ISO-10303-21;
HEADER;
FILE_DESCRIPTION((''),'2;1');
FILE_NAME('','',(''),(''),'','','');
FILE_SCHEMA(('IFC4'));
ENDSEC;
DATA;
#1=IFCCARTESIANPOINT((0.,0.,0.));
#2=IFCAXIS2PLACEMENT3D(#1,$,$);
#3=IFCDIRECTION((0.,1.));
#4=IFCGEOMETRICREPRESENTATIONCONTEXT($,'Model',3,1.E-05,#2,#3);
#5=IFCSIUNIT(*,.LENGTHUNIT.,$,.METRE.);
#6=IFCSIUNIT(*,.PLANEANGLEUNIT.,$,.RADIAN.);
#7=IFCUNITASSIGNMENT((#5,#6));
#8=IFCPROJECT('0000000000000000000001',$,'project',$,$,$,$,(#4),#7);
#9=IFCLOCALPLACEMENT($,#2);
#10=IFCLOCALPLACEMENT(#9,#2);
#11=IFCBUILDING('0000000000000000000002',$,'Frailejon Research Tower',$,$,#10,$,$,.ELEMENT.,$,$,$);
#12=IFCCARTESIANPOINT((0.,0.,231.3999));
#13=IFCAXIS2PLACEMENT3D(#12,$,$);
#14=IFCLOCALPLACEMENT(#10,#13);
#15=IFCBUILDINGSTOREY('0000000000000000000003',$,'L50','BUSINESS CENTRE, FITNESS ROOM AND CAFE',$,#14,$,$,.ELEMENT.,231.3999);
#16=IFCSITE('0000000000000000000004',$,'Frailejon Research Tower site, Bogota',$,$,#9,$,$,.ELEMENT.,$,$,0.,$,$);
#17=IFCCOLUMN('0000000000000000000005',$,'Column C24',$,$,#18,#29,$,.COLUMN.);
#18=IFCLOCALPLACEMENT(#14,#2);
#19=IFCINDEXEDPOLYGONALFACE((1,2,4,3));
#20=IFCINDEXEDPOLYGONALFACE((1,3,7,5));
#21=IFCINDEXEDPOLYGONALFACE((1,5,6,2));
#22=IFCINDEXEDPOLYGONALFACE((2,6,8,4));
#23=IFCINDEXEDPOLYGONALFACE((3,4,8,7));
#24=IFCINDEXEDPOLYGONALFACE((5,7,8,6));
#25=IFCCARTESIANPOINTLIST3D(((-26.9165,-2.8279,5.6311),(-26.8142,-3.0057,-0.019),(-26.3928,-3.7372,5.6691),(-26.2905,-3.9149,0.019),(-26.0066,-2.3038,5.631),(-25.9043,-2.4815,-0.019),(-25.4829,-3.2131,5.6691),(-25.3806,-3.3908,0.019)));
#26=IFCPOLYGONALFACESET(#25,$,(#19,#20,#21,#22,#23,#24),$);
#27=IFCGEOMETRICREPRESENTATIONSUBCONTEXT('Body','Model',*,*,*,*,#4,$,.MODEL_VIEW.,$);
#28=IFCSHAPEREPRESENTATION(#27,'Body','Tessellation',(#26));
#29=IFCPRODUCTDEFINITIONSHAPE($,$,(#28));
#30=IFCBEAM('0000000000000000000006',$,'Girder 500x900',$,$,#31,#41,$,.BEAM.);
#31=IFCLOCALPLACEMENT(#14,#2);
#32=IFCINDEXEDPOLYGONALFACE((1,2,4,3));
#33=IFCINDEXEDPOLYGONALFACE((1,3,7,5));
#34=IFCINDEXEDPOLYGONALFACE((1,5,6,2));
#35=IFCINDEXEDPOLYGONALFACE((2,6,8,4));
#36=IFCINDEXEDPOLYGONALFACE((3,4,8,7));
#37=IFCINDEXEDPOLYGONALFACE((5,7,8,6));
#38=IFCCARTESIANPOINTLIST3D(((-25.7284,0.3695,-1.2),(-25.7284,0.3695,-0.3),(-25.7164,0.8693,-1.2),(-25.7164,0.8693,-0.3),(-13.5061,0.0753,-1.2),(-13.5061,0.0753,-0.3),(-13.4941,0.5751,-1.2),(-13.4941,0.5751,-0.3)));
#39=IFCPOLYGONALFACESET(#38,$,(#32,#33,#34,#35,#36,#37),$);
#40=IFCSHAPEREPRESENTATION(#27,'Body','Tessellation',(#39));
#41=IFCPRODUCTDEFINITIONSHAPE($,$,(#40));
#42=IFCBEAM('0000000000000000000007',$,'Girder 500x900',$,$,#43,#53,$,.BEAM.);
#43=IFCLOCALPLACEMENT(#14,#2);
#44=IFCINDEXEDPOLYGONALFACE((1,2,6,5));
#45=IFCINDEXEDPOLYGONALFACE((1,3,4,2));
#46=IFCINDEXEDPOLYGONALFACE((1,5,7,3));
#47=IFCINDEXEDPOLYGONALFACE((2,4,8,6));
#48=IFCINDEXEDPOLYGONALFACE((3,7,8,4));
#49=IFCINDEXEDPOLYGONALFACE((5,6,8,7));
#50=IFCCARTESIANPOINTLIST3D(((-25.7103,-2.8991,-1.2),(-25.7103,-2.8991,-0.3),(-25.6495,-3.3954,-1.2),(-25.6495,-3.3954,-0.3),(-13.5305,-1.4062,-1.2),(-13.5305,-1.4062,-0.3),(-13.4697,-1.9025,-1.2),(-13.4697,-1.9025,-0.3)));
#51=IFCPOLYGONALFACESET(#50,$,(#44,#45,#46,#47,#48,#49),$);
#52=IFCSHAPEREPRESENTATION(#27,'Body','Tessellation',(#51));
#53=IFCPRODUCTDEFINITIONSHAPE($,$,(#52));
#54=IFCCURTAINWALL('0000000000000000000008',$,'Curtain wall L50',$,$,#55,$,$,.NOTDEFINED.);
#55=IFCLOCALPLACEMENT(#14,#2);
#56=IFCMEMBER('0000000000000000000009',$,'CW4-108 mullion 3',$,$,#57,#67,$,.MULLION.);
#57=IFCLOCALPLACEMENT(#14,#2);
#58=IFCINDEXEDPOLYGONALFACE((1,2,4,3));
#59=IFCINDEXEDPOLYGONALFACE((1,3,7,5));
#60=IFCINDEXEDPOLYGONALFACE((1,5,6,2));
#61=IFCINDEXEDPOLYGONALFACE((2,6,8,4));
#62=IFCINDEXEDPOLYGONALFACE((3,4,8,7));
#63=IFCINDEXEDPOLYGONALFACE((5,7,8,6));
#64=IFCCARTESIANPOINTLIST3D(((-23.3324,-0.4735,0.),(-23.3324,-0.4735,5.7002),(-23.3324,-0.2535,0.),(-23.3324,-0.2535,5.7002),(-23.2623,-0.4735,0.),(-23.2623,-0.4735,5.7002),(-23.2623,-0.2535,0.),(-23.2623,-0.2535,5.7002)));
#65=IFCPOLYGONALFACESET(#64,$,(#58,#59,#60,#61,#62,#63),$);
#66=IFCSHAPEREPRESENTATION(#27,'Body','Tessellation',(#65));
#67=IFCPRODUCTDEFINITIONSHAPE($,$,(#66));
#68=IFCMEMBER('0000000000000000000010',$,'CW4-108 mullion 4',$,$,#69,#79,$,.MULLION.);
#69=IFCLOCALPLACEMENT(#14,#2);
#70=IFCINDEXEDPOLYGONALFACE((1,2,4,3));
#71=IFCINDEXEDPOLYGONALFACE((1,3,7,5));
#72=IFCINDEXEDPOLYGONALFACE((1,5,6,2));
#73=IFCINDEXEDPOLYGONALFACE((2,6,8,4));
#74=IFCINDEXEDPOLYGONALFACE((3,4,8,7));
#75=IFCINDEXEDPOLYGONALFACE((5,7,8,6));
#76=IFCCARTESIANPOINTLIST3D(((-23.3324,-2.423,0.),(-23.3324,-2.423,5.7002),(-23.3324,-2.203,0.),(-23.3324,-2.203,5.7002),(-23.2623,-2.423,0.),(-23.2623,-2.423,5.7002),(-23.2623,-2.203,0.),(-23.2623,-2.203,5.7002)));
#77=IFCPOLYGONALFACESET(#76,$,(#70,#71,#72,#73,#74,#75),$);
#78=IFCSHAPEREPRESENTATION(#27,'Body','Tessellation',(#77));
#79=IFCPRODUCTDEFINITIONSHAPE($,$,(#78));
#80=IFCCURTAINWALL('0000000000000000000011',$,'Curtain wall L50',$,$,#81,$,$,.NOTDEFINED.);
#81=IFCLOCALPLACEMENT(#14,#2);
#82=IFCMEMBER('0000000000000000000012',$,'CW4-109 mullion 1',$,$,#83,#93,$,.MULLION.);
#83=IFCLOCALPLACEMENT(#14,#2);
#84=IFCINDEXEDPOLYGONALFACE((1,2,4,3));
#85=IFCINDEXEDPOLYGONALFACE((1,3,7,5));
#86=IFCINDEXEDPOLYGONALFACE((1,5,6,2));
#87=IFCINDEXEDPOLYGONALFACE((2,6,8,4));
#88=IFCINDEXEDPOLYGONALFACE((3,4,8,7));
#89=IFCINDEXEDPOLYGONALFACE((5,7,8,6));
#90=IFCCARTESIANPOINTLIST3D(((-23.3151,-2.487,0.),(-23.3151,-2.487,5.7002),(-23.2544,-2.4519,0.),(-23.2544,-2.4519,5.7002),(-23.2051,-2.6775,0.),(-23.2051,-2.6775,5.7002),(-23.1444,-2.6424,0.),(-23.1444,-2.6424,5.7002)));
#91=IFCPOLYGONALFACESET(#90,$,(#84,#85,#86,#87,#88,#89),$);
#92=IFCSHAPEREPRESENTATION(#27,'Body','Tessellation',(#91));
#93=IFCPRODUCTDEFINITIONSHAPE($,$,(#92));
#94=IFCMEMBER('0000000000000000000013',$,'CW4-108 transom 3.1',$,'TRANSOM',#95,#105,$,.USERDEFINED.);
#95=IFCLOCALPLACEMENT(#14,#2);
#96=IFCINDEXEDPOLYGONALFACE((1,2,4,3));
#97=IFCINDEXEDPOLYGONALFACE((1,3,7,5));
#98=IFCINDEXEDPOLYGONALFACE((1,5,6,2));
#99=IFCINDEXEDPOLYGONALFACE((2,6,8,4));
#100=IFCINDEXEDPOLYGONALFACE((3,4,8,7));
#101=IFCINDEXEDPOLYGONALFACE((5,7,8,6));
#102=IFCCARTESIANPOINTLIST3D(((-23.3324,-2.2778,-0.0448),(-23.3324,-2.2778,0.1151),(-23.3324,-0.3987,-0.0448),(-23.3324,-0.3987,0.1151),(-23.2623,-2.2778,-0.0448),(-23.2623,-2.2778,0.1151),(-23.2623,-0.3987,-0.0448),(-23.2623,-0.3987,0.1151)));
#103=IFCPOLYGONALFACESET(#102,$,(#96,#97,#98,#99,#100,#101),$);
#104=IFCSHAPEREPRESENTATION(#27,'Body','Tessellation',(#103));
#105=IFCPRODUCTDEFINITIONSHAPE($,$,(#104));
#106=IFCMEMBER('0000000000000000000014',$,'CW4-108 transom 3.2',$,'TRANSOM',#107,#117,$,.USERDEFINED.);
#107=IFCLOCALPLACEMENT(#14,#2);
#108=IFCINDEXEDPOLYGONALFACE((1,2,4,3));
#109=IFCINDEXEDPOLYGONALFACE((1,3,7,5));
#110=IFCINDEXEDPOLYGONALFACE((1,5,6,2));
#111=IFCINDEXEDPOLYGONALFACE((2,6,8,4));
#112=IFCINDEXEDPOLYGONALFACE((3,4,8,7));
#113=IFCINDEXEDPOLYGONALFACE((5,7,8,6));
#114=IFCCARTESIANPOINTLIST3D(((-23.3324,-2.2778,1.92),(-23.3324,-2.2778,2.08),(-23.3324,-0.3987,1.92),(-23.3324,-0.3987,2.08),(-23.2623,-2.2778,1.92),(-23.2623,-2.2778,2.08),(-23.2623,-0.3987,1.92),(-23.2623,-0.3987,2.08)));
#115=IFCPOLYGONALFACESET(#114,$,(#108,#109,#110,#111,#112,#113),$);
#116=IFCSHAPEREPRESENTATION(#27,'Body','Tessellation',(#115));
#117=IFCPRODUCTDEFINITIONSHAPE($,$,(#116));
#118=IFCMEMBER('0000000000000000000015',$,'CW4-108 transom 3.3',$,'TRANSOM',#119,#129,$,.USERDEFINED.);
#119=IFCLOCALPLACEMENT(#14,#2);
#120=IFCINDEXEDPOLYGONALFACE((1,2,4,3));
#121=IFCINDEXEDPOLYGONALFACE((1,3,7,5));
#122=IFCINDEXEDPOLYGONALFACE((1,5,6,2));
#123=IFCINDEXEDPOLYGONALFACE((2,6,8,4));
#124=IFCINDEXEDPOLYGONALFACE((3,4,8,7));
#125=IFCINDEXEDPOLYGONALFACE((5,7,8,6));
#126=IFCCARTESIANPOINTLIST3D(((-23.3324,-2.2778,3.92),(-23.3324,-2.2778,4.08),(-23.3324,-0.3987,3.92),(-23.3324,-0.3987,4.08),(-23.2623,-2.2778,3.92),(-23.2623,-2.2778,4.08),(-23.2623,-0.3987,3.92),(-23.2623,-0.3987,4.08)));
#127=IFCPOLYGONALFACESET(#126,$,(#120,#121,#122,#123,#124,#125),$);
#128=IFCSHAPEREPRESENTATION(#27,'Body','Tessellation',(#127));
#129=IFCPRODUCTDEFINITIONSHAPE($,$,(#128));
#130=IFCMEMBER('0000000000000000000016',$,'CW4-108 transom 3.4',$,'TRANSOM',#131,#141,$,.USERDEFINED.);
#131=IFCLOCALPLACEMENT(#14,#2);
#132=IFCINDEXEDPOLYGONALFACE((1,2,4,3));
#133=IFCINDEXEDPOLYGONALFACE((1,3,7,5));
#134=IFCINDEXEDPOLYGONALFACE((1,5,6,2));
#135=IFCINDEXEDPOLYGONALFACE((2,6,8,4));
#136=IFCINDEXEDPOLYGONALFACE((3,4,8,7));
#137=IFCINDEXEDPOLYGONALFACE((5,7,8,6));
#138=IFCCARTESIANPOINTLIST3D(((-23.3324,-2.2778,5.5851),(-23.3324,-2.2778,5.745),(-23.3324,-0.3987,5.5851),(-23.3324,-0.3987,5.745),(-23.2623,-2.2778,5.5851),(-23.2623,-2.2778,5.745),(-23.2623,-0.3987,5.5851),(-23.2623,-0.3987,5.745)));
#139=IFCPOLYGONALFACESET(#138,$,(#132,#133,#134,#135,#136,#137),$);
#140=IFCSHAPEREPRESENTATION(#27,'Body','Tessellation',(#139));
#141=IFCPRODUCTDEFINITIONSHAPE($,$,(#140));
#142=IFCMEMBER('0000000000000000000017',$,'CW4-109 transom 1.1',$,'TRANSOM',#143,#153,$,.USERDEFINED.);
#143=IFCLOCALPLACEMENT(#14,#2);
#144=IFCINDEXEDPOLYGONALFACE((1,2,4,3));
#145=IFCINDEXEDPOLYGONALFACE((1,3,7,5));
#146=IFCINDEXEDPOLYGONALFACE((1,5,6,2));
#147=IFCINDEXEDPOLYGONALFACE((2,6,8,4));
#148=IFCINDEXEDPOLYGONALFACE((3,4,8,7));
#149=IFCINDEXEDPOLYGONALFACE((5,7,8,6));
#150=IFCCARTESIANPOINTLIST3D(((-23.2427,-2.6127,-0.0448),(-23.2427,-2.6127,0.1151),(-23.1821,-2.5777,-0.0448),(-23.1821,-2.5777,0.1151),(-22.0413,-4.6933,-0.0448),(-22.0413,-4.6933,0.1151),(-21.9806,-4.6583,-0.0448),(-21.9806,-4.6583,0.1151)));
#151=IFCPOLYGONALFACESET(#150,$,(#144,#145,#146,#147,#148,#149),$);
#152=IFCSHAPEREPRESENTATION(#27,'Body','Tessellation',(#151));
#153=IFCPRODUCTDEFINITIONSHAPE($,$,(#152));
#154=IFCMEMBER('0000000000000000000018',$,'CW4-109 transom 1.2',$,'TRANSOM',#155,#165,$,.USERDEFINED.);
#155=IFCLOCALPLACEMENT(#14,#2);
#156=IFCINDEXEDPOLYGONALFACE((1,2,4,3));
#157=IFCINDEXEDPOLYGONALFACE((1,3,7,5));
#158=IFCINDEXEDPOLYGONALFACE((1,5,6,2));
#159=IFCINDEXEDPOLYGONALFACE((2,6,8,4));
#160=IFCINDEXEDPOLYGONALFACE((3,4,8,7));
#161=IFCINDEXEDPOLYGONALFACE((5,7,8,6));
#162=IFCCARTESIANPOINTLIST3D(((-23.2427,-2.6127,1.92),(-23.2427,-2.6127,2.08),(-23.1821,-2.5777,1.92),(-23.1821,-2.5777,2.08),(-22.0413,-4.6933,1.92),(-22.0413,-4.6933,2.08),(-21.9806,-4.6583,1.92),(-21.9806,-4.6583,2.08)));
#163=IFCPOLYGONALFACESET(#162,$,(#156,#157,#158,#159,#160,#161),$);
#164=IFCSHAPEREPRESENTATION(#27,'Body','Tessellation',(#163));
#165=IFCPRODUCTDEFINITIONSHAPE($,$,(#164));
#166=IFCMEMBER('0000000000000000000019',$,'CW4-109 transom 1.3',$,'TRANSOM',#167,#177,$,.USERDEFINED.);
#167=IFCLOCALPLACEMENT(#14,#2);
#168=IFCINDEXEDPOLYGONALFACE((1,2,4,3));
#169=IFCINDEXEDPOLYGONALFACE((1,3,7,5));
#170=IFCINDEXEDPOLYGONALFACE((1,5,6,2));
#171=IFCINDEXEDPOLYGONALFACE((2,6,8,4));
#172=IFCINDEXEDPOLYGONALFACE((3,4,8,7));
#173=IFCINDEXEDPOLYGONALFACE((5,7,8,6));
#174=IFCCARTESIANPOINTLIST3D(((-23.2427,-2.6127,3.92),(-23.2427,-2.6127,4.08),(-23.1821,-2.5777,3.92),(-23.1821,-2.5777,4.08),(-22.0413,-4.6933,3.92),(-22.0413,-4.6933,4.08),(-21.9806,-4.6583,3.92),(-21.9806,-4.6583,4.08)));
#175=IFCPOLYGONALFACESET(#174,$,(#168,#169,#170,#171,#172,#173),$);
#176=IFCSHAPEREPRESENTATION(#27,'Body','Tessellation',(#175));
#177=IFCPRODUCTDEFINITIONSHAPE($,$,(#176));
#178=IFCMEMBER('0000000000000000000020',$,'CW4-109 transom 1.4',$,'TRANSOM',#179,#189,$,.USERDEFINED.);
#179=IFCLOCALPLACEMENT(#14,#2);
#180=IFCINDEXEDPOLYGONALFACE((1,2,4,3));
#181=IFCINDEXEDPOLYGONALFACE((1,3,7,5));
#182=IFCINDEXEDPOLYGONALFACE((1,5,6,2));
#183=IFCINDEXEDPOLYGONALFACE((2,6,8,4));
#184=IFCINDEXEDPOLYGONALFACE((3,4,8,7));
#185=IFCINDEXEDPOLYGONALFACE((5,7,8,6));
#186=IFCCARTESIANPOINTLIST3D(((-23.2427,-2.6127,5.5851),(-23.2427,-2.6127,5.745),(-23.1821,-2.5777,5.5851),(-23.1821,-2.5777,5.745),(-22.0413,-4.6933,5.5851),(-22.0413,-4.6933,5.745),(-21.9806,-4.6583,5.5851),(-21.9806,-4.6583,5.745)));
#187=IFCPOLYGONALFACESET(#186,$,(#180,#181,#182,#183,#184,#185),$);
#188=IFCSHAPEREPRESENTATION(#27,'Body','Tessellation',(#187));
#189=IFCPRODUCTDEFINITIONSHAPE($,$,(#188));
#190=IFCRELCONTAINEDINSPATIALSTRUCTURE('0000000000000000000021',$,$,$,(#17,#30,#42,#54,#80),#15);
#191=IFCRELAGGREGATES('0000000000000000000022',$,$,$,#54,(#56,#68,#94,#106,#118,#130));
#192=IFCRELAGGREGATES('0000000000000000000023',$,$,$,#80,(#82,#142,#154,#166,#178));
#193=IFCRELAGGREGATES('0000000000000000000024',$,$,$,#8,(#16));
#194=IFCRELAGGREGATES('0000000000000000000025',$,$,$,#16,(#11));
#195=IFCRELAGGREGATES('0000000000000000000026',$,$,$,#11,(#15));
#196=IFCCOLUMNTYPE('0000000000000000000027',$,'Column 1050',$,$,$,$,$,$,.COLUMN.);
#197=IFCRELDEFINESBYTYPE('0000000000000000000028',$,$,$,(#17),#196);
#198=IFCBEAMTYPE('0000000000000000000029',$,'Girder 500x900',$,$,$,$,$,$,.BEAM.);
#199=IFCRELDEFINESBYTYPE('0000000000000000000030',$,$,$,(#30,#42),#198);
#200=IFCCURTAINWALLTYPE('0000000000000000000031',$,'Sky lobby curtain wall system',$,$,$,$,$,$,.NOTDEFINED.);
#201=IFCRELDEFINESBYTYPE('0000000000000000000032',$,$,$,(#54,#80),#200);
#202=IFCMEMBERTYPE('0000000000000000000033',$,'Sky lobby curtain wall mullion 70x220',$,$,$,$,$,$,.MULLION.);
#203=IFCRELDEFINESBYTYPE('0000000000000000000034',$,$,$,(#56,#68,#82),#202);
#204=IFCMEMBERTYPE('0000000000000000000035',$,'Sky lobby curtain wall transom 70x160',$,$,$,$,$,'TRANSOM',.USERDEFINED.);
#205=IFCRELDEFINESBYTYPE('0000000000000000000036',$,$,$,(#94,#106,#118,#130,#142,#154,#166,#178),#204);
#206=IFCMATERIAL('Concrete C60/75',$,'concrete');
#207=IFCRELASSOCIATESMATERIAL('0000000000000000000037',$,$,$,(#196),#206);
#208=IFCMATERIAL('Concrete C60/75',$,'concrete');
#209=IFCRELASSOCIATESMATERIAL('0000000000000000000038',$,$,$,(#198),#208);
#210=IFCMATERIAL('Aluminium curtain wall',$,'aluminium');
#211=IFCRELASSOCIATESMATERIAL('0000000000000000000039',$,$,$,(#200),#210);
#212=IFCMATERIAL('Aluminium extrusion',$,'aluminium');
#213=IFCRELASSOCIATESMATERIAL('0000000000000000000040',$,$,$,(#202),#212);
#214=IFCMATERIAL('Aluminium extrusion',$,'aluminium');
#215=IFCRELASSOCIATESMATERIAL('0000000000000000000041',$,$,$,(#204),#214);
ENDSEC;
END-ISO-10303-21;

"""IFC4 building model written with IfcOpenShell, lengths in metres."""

from ifc_helpers import new_model, si_unit, direction, frame, origin, origin_2d, place, context, subcontext, project, spatial, rectangle, extrude, material, material_profile, profile_set, type_object, element, aggregate, save


model = new_model("IFC4")

# Units and contexts
model_context = context("Model", 3, precision=1e-05, world=origin(), true_north=direction((0.0, 1.0)))
body_context = subcontext(model_context, "Body", "Model", "MODEL_VIEW")
ifc_project = project(units=[si_unit("LENGTHUNIT", "METRE"), si_unit("PLANEANGLEUNIT", "RADIAN")], contexts=[model_context])

# Site, building, storey
site_placement = place(None, origin())
site = spatial("IfcSite", under=ifc_project, at=site_placement, Name="Frailejon Research Tower site, Bogota", CompositionType="ELEMENT", RefElevation=0.0)
building_placement = place(site_placement, origin())
building = spatial("IfcBuilding", under=site, at=building_placement, Name="Frailejon Research Tower", CompositionType="ELEMENT")
storey_placement = place(building_placement, frame((0.0, 0.0, 231.3999)))
storey = spatial("IfcBuildingStorey", under=building, at=storey_placement, Name="L50", Description="BUSINESS CENTRE, FITNESS ROOM AND CAFE", CompositionType="ELEMENT", Elevation=231.3999)

# Column
ifc_material_1 = material(Name="Concrete C60/75", Category="concrete")
ifc_material_profile_1 = material_profile(ifc_material_1, rectangle(XDim=1.05, YDim=1.05, at=origin_2d()), Name="Column 1050")
ifc_profile_set_1 = profile_set([ifc_material_profile_1], Name="Concrete C60/75")
column_type = type_object("IfcColumnType", Name="Column 1050", PredefinedType="COLUMN", material=ifc_profile_set_1)
column_placement = place(storey_placement, frame((-26.0974, -3.1982, 0.0), z_axis=(-0.018093, 0.031436, 0.999342), x_axis=(0.498805, -0.865955, 0.036271)))
element("IfcColumn", 1, at=column_placement, inside=storey, type_object=column_type, Name="Column C24", PredefinedType="COLUMN", context=body_context, shape_type="SweptSolid", body=[
    extrude(rectangle(XDim=1.05, YDim=1.05, at=origin_2d()), origin(), (0.0, 0.0, 1.0), 5.6538),
])

# Beams
ifc_material_2 = material(Name="Concrete C60/75", Category="concrete")
ifc_material_profile_2 = material_profile(ifc_material_2, rectangle(XDim=0.5, YDim=0.8999, at=origin_2d()), Name="Girder 500x900")
ifc_profile_set_2 = profile_set([ifc_material_profile_2], Name="Concrete C60/75")
beam_type_1 = type_object("IfcBeamType", Name="Girder 500x900", PredefinedType="BEAM", material=ifc_profile_set_2)
beam_1_placement = place(storey_placement, frame((-25.7224, 0.6194, -0.75), z_axis=(0.99971, -0.024063, 0.0), x_axis=(0.024063, 0.99971, 0.0)))
element("IfcBeam", 2, at=beam_1_placement, inside=storey, type_object=beam_type_1, Name="Girder 500x900", PredefinedType="BEAM", context=body_context, shape_type="SweptSolid", body=[
    extrude(rectangle(XDim=0.5, YDim=0.8999, at=origin_2d()), origin(), (0.0, 0.0, 1.0), 12.2258),
])
beam_2_placement = place(storey_placement, frame((-25.6799, -3.1472, -0.75), z_axis=(0.992572, 0.121662, 0.0), x_axis=(-0.121662, 0.992572, 0.0)))
element("IfcBeam", 3, at=beam_2_placement, inside=storey, type_object=beam_type_1, Name="Girder 500x900", PredefinedType="BEAM", context=body_context, shape_type="SweptSolid", body=[
    extrude(rectangle(XDim=0.5, YDim=0.8999, at=origin_2d()), origin(), (0.0, 0.0, 1.0), 12.271),
])

# Curtain wall, members
ifc_material_3 = material(Name="Aluminium curtain wall", Category="aluminium")
curtain_wall_type = type_object("IfcCurtainWallType", Name="Sky lobby curtain wall system", PredefinedType="NOTDEFINED", material=ifc_material_3)
curtain_wall_1_placement = place(storey_placement, origin())
curtain_wall_1 = element("IfcCurtainWall", 4, at=curtain_wall_1_placement, inside=storey, type_object=curtain_wall_type, Name="Curtain wall L50", PredefinedType="NOTDEFINED")
ifc_material_4 = material(Name="Aluminium extrusion", Category="aluminium")
ifc_material_profile_3 = material_profile(ifc_material_4, rectangle(XDim=0.0701, YDim=0.22, at=origin_2d()), Name="Sky lobby curtain wall mullion 70x220")
ifc_profile_set_3 = profile_set([ifc_material_profile_3], Name="Aluminium extrusion")
member_type_1 = type_object("IfcMemberType", Name="Sky lobby curtain wall mullion 70x220", PredefinedType="MULLION", material=ifc_profile_set_3)
member_1_placement = place(storey_placement, frame((-23.2974, -0.3635, 0.0), z_axis=(0.0, 0.0, 1.0), x_axis=(1.0, 0.0, 0.0)))
member_1 = element("IfcMember", 5, at=member_1_placement, type_object=member_type_1, Name="CW4-108 mullion 3", PredefinedType="MULLION", context=body_context, shape_type="SweptSolid", body=[
    extrude(rectangle(XDim=0.0701, YDim=0.22, at=origin_2d()), origin(), (0.0, 0.0, 1.0), 5.7002),
])
member_2_placement = place(storey_placement, frame((-23.2974, -2.313, 0.0), z_axis=(0.0, 0.0, 1.0), x_axis=(1.0, 0.0, 0.0)))
member_2 = element("IfcMember", 6, at=member_2_placement, type_object=member_type_1, Name="CW4-108 mullion 4", PredefinedType="MULLION", context=body_context, shape_type="SweptSolid", body=[
    extrude(rectangle(XDim=0.0701, YDim=0.22, at=origin_2d()), origin(), (0.0, 0.0, 1.0), 5.7002),
])

# Curtain wall, member
curtain_wall_2_placement = place(storey_placement, origin())
curtain_wall_2 = element("IfcCurtainWall", 7, at=curtain_wall_2_placement, inside=storey, type_object=curtain_wall_type, Name="Curtain wall L50", PredefinedType="NOTDEFINED")
member_3_placement = place(storey_placement, frame((-23.2297, -2.5647, 0.0), z_axis=(0.0, 0.0, 1.0), x_axis=(0.866025, 0.500001, 0.0)))
member_3 = element("IfcMember", 8, at=member_3_placement, type_object=member_type_1, Name="CW4-109 mullion 1", PredefinedType="MULLION", context=body_context, shape_type="SweptSolid", body=[
    extrude(rectangle(XDim=0.0701, YDim=0.22, at=origin_2d()), origin(), (0.0, 0.0, 1.0), 5.7002),
])

# Members
ifc_material_5 = material(Name="Aluminium extrusion", Category="aluminium")
ifc_material_profile_4 = material_profile(ifc_material_5, rectangle(XDim=0.0701, YDim=0.1599, at=origin_2d()), Name="Sky lobby curtain wall transom 70x160")
ifc_profile_set_4 = profile_set([ifc_material_profile_4], Name="Aluminium extrusion")
member_type_2 = type_object("IfcMemberType", Name="Sky lobby curtain wall transom 70x160", ElementType="TRANSOM", PredefinedType="USERDEFINED", material=ifc_profile_set_4)
member_4_placement = place(storey_placement, frame((-23.2974, -0.3987, 0.0352), z_axis=(0.0, -1.0, 0.0), x_axis=(1.0, 0.0, 0.0)))
member_4 = element("IfcMember", 9, at=member_4_placement, type_object=member_type_2, Name="CW4-108 transom 3.1", ObjectType="TRANSOM", PredefinedType="USERDEFINED", context=body_context, shape_type="SweptSolid", body=[
    extrude(rectangle(XDim=0.0701, YDim=0.1599, at=origin_2d()), origin(), (0.0, 0.0, 1.0), 1.8792),
])
member_5_placement = place(storey_placement, frame((-23.2974, -0.3987, 2.0), z_axis=(0.0, -1.0, 0.0), x_axis=(1.0, 0.0, 0.0)))
member_5 = element("IfcMember", 10, at=member_5_placement, type_object=member_type_2, Name="CW4-108 transom 3.2", ObjectType="TRANSOM", PredefinedType="USERDEFINED", context=body_context, shape_type="SweptSolid", body=[
    extrude(rectangle(XDim=0.0701, YDim=0.1599, at=origin_2d()), origin(), (0.0, 0.0, 1.0), 1.8792),
])
member_6_placement = place(storey_placement, frame((-23.2974, -0.3987, 4.0), z_axis=(0.0, -1.0, 0.0), x_axis=(1.0, 0.0, 0.0)))
member_6 = element("IfcMember", 11, at=member_6_placement, type_object=member_type_2, Name="CW4-108 transom 3.3", ObjectType="TRANSOM", PredefinedType="USERDEFINED", context=body_context, shape_type="SweptSolid", body=[
    extrude(rectangle(XDim=0.0701, YDim=0.1599, at=origin_2d()), origin(), (0.0, 0.0, 1.0), 1.8792),
])
member_7_placement = place(storey_placement, frame((-23.2974, -0.3987, 5.665), z_axis=(0.0, -1.0, 0.0), x_axis=(1.0, 0.0, 0.0)))
member_7 = element("IfcMember", 12, at=member_7_placement, type_object=member_type_2, Name="CW4-108 transom 3.4", ObjectType="TRANSOM", PredefinedType="USERDEFINED", context=body_context, shape_type="SweptSolid", body=[
    extrude(rectangle(XDim=0.0701, YDim=0.1599, at=origin_2d()), origin(), (0.0, 0.0, 1.0), 1.8792),
])
member_8_placement = place(storey_placement, frame((-23.2124, -2.5952, 0.0352), z_axis=(0.500063, -0.865989, 0.0), x_axis=(0.865989, 0.500063, 0.0)))
member_8 = element("IfcMember", 13, at=member_8_placement, type_object=member_type_2, Name="CW4-109 transom 1.1", ObjectType="TRANSOM", PredefinedType="USERDEFINED", context=body_context, shape_type="SweptSolid", body=[
    extrude(rectangle(XDim=0.0701, YDim=0.1599, at=origin_2d()), origin(), (0.0, 0.0, 1.0), 2.4026),
])
member_9_placement = place(storey_placement, frame((-23.2124, -2.5952, 2.0), z_axis=(0.500063, -0.865989, 0.0), x_axis=(0.865989, 0.500063, 0.0)))
member_9 = element("IfcMember", 14, at=member_9_placement, type_object=member_type_2, Name="CW4-109 transom 1.2", ObjectType="TRANSOM", PredefinedType="USERDEFINED", context=body_context, shape_type="SweptSolid", body=[
    extrude(rectangle(XDim=0.0701, YDim=0.1599, at=origin_2d()), origin(), (0.0, 0.0, 1.0), 2.4026),
])
member_10_placement = place(storey_placement, frame((-23.2124, -2.5952, 4.0), z_axis=(0.500063, -0.865989, 0.0), x_axis=(0.865989, 0.500063, 0.0)))
member_10 = element("IfcMember", 15, at=member_10_placement, type_object=member_type_2, Name="CW4-109 transom 1.3", ObjectType="TRANSOM", PredefinedType="USERDEFINED", context=body_context, shape_type="SweptSolid", body=[
    extrude(rectangle(XDim=0.0701, YDim=0.1599, at=origin_2d()), origin(), (0.0, 0.0, 1.0), 2.4026),
])
member_11_placement = place(storey_placement, frame((-23.2124, -2.5952, 5.665), z_axis=(0.500063, -0.865989, 0.0), x_axis=(0.865989, 0.500063, 0.0)))
member_11 = element("IfcMember", 16, at=member_11_placement, type_object=member_type_2, Name="CW4-109 transom 1.4", ObjectType="TRANSOM", PredefinedType="USERDEFINED", context=body_context, shape_type="SweptSolid", body=[
    extrude(rectangle(XDim=0.0701, YDim=0.1599, at=origin_2d()), origin(), (0.0, 0.0, 1.0), 2.4026),
])

aggregate(curtain_wall_1, [member_1, member_2, member_4, member_5, member_6, member_7])
aggregate(curtain_wall_2, [member_3, member_8, member_9, member_10, member_11])

save(model, "model.ifc")
